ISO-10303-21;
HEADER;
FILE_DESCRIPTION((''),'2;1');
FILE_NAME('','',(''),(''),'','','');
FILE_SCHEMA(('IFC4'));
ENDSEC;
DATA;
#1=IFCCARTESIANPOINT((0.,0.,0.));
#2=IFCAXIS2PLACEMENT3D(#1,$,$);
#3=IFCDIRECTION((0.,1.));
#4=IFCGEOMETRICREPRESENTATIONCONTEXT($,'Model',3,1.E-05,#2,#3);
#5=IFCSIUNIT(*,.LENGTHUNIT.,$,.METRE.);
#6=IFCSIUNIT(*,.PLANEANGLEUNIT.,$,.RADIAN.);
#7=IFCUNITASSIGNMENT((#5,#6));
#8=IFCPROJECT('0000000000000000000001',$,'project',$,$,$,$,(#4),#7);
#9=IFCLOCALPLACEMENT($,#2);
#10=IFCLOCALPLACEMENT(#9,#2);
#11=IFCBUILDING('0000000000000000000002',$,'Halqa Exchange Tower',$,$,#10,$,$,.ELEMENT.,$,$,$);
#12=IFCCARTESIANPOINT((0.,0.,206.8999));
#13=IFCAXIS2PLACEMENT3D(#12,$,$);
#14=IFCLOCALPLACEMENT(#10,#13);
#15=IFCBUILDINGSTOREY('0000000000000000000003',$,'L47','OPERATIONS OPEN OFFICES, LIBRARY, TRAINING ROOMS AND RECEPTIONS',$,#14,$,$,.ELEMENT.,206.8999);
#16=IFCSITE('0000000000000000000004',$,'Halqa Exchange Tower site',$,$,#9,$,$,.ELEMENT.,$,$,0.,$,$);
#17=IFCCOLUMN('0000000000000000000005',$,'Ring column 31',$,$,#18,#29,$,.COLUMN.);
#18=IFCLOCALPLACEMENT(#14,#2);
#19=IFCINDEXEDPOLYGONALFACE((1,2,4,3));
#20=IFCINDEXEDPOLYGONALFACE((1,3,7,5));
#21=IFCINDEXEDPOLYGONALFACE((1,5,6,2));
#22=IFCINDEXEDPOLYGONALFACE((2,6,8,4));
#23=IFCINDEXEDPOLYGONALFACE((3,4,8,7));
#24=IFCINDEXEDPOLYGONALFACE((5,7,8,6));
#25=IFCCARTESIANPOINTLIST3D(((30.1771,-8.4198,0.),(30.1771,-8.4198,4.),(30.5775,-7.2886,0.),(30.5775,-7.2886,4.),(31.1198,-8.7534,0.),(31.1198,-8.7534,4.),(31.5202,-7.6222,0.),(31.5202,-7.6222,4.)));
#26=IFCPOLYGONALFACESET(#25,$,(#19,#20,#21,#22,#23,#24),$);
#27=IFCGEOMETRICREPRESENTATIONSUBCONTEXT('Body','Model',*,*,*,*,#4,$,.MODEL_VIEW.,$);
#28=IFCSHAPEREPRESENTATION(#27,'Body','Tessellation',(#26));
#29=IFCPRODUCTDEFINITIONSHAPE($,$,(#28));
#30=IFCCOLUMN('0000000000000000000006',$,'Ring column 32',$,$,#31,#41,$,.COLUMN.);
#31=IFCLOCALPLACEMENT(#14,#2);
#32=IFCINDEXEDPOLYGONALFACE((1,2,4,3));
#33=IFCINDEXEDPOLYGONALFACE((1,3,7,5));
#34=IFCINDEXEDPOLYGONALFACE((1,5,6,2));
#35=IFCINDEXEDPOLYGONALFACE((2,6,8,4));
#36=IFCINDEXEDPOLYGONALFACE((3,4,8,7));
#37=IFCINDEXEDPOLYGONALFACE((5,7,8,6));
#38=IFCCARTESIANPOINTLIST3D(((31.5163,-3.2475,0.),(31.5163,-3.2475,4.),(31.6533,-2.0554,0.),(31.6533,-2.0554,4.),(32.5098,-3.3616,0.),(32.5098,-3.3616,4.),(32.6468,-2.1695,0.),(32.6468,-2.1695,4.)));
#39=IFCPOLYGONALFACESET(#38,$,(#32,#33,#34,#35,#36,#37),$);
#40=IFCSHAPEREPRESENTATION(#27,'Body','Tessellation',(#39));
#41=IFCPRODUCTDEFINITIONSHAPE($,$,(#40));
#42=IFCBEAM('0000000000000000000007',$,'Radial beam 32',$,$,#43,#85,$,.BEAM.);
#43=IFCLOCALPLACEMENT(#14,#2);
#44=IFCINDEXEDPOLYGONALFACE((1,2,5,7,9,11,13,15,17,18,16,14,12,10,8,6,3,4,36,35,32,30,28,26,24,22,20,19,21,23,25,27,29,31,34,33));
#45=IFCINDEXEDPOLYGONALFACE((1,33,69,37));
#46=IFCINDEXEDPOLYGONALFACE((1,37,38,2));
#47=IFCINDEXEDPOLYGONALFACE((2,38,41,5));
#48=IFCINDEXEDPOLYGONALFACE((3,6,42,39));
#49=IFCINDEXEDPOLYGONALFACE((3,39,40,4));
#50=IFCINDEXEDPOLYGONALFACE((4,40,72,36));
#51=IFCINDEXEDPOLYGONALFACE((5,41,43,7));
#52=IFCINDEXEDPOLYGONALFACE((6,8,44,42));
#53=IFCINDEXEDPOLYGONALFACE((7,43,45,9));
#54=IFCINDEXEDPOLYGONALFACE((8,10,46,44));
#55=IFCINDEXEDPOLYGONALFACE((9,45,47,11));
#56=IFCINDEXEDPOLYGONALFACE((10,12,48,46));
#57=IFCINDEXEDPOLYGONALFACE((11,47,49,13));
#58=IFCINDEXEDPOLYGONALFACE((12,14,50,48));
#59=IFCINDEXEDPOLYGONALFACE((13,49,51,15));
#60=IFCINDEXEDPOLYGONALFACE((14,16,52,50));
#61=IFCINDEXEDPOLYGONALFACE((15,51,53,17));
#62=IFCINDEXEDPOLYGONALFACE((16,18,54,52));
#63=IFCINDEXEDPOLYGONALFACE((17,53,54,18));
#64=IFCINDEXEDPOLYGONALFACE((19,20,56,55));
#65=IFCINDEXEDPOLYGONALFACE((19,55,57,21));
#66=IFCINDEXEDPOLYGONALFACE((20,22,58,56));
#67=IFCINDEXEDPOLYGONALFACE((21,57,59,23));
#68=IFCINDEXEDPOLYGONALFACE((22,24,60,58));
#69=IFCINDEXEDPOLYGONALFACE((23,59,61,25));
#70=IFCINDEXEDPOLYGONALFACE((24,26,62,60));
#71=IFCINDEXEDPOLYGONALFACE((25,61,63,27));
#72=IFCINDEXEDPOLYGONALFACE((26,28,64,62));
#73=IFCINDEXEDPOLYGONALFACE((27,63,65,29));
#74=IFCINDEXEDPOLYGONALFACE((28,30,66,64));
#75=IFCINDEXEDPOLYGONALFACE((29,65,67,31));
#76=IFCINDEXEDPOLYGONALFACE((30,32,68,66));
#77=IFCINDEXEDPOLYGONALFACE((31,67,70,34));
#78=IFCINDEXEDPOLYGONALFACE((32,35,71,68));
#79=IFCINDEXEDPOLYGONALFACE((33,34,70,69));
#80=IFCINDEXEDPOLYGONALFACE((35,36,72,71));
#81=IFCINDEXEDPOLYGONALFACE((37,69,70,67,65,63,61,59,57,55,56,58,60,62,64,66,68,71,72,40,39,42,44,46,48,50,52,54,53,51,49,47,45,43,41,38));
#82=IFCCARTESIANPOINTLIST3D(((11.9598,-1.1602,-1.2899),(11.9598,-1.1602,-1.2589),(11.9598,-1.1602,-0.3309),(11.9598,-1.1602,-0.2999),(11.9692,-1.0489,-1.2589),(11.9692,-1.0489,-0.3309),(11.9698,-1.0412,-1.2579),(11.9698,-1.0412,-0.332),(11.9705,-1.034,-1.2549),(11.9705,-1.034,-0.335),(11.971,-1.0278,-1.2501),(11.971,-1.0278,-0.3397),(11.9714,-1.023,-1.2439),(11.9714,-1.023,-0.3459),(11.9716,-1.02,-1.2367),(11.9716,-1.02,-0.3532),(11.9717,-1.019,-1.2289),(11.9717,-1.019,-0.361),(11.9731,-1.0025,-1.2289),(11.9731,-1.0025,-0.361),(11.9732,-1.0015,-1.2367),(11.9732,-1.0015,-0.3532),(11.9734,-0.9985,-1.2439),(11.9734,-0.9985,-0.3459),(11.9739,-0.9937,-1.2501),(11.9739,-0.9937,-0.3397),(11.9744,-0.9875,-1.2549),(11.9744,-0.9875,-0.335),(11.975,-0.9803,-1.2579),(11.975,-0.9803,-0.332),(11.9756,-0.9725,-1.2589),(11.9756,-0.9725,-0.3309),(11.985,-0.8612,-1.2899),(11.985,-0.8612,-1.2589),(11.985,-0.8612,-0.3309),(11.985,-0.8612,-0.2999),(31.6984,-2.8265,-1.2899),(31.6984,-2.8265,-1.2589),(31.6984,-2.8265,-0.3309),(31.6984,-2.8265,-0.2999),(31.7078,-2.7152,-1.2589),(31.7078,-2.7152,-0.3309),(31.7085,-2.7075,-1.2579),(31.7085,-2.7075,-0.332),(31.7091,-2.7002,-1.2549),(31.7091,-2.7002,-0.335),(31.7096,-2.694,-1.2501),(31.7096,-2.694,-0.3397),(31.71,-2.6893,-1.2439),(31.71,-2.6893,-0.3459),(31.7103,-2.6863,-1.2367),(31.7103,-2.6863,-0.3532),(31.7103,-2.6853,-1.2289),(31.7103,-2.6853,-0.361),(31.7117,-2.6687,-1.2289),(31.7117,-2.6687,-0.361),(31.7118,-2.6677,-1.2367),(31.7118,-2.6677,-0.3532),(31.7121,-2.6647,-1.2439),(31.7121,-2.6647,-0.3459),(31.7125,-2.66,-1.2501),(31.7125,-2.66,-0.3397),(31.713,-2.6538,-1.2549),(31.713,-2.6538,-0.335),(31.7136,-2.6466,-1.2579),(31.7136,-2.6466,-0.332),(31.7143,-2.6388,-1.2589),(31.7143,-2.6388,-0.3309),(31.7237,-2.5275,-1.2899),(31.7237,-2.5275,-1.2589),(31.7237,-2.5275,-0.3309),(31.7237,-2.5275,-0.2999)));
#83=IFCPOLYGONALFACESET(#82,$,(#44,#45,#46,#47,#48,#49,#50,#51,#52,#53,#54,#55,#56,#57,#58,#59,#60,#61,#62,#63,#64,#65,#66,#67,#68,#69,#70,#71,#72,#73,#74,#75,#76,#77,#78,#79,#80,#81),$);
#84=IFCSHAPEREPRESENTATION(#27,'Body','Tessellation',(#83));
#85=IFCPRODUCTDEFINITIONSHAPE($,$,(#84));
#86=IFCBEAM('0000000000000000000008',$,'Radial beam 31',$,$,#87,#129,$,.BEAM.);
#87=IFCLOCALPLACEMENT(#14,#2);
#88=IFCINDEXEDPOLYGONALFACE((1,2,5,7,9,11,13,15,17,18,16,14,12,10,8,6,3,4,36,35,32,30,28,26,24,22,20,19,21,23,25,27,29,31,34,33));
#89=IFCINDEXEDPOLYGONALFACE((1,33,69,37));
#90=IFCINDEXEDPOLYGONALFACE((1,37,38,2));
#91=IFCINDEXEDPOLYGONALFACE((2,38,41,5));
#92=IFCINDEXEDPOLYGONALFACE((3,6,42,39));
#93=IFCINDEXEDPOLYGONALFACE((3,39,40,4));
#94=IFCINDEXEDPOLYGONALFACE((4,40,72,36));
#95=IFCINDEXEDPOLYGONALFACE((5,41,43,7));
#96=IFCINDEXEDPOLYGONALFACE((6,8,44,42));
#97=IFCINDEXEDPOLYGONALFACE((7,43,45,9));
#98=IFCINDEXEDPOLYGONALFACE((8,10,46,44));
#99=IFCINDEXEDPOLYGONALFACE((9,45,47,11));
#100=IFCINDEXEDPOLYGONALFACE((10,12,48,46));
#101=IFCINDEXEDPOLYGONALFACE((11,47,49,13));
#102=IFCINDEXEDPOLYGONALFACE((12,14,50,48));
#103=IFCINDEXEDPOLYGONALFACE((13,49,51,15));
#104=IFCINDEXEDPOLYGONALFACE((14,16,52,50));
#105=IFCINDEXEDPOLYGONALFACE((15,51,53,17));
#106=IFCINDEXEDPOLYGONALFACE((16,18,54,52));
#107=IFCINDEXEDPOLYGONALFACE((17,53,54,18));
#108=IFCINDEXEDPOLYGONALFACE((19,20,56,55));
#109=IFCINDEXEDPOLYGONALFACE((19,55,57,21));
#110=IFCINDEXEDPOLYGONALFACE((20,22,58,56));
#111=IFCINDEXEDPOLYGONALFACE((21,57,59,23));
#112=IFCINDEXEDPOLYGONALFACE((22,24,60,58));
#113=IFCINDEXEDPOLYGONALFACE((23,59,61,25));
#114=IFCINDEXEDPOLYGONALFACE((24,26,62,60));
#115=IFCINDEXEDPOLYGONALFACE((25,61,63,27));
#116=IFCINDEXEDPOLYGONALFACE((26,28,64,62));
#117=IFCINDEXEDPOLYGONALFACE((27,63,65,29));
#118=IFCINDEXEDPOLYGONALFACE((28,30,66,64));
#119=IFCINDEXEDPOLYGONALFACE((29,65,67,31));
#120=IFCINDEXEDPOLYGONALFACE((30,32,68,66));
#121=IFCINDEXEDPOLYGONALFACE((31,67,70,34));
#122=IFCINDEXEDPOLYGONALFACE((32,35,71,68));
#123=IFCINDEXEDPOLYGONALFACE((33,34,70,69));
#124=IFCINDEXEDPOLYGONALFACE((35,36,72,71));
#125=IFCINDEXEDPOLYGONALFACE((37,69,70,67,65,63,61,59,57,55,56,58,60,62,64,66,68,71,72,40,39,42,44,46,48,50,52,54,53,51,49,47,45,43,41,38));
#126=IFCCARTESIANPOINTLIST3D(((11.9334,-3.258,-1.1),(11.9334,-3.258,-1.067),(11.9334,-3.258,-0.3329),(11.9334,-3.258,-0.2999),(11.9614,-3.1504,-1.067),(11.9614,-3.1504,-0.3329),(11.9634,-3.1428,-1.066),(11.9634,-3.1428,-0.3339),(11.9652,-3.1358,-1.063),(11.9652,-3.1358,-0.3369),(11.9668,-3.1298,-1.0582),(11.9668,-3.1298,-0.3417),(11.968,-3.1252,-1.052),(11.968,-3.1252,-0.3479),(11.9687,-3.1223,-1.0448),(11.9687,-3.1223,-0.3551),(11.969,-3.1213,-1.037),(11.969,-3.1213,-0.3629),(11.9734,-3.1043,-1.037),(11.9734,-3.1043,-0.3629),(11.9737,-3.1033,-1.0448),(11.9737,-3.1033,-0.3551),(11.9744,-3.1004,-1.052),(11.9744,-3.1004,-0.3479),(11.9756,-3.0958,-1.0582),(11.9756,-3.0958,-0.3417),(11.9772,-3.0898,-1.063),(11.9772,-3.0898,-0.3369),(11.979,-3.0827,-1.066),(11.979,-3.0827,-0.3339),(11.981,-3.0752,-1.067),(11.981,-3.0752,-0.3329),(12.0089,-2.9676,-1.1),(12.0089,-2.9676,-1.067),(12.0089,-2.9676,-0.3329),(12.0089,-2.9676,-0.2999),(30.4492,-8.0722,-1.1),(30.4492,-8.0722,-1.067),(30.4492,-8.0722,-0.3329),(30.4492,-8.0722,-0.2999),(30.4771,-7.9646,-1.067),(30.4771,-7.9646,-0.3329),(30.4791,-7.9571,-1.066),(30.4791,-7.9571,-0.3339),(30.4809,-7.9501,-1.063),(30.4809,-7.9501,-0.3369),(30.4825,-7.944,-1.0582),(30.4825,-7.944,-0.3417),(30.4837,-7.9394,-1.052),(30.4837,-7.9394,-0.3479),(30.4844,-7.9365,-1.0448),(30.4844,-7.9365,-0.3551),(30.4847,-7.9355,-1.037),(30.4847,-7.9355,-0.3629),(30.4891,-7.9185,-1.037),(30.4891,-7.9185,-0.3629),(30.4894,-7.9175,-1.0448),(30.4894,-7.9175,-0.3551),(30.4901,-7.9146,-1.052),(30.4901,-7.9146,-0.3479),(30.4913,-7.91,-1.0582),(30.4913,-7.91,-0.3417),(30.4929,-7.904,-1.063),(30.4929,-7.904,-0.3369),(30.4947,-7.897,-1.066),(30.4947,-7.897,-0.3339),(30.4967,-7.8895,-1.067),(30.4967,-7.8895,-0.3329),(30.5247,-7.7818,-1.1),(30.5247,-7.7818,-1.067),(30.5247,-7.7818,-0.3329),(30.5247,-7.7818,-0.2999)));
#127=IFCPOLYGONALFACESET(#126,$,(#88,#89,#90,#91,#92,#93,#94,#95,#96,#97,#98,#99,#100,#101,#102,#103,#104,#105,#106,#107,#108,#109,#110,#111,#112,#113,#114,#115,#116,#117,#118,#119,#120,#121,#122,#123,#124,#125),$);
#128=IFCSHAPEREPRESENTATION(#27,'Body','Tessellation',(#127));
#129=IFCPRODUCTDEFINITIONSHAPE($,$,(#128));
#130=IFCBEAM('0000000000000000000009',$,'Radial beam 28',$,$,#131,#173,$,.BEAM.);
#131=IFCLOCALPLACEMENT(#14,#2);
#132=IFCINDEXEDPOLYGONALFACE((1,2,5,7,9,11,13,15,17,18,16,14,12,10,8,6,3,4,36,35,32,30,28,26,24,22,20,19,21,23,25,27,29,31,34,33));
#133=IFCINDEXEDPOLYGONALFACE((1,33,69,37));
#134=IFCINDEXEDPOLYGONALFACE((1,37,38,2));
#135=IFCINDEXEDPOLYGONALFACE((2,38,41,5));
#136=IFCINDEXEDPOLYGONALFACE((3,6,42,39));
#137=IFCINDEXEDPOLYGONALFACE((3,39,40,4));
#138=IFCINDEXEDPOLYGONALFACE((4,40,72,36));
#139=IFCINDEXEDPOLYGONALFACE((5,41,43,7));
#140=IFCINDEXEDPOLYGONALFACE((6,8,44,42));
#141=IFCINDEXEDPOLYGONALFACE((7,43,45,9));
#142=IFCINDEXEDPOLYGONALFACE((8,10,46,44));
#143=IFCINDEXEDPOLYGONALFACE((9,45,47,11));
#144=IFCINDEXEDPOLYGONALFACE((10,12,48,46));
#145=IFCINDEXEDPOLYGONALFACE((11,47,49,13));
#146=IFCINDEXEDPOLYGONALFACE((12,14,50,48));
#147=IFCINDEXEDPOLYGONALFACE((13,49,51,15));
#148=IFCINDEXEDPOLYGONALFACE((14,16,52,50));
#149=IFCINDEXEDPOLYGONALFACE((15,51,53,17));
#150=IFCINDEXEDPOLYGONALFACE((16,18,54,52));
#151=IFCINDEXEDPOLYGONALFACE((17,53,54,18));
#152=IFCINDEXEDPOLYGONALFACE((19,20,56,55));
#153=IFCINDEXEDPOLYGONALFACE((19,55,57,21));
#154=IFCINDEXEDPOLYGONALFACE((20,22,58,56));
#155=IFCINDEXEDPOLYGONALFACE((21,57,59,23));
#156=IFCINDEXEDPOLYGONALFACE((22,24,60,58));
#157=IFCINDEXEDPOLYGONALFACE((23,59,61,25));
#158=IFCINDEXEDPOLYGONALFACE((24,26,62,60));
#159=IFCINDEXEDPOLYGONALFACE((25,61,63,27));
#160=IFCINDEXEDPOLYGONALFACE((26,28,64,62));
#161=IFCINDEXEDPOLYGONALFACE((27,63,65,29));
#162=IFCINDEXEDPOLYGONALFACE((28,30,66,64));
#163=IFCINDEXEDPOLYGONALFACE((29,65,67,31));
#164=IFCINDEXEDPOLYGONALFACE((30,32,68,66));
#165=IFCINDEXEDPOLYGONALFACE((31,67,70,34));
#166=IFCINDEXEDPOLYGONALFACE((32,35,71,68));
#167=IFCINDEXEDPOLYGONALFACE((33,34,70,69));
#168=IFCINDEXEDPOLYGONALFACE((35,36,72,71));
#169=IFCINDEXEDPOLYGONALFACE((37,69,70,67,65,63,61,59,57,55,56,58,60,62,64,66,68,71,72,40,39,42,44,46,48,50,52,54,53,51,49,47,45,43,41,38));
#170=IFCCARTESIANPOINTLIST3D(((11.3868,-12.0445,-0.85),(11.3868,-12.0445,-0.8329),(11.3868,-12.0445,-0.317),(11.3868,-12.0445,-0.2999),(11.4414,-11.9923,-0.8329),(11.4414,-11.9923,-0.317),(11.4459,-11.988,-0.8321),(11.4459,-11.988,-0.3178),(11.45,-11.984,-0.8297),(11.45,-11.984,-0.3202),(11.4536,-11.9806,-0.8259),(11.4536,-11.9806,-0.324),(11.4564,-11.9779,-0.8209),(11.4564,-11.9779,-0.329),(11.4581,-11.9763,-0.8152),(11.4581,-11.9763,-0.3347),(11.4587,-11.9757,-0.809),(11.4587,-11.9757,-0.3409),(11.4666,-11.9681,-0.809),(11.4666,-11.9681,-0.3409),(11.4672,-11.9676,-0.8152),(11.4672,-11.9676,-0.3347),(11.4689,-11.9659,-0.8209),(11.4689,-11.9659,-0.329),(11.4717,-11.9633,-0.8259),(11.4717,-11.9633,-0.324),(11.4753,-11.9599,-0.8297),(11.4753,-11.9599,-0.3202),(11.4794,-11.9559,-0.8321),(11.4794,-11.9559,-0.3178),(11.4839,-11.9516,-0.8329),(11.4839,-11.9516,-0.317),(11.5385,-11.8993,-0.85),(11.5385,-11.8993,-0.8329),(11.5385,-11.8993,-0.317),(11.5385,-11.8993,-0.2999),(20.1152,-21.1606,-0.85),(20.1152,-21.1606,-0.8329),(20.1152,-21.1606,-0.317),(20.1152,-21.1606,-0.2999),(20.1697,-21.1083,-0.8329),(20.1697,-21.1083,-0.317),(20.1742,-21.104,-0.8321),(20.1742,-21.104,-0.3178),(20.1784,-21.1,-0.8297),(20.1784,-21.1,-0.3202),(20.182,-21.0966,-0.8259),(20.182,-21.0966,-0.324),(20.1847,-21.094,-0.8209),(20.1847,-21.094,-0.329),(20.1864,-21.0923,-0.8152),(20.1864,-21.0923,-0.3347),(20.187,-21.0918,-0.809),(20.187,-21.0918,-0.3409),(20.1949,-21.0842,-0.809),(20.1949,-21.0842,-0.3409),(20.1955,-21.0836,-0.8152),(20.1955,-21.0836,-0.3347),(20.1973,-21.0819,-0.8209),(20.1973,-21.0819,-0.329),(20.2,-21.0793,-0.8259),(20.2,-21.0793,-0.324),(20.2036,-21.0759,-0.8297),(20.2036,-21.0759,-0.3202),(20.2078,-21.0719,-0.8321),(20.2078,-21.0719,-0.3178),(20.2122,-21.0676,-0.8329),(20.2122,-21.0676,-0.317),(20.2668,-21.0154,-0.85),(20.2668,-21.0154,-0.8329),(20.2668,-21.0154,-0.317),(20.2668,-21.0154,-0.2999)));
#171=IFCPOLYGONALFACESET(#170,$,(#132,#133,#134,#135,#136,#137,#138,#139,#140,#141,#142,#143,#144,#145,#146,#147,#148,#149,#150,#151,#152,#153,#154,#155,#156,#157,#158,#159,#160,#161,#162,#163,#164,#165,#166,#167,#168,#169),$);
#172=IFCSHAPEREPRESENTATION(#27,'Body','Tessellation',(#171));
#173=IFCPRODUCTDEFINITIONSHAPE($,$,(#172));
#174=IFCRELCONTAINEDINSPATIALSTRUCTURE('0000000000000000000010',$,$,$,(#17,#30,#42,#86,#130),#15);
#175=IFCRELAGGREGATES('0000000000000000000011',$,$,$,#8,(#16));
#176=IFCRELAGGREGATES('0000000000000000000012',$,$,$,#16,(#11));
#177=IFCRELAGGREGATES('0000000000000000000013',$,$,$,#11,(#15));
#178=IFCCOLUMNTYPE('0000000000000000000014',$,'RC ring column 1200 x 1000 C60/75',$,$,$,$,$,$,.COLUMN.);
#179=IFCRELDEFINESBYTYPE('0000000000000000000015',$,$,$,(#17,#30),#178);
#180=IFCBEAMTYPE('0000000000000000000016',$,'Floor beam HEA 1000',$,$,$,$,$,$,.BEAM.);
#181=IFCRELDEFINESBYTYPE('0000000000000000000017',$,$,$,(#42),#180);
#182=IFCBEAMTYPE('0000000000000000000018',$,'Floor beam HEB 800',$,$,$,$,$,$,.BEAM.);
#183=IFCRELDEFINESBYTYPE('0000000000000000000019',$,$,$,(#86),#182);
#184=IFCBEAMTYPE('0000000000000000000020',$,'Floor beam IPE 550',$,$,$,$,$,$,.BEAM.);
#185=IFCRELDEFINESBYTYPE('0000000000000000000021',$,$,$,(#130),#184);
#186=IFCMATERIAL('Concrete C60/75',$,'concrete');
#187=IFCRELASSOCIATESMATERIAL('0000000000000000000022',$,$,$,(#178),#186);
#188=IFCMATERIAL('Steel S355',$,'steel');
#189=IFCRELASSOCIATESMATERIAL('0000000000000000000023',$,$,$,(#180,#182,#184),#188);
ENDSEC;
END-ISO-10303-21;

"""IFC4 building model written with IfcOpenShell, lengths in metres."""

from ifc_helpers import new_model, si_unit, direction, frame, origin, origin_2d, place, context, subcontext, project, spatial, rectangle, i_section, extrude, material, material_profile, profile_set, type_object, element, save


model = new_model("IFC4")

# Units and contexts
model_context = context("Model", 3, precision=1e-05, world=origin(), true_north=direction((0.0, 1.0)))
body_context = subcontext(model_context, "Body", "Model", "MODEL_VIEW")
ifc_project = project(units=[si_unit("LENGTHUNIT", "METRE"), si_unit("PLANEANGLEUNIT", "RADIAN")], contexts=[model_context])

# Site, building, storey
site_placement = place(None, origin())
site = spatial("IfcSite", under=ifc_project, at=site_placement, Name="Halqa Exchange Tower site", CompositionType="ELEMENT", RefElevation=0.0)
building_placement = place(site_placement, origin())
building = spatial("IfcBuilding", under=site, at=building_placement, Name="Halqa Exchange Tower", CompositionType="ELEMENT")
storey_placement = place(building_placement, frame((0.0, 0.0, 206.8999)))
storey = spatial("IfcBuildingStorey", under=building, at=storey_placement, Name="L47", Description="OPERATIONS OPEN OFFICES, LIBRARY, TRAINING ROOMS AND RECEPTIONS", CompositionType="ELEMENT", Elevation=206.8999)

# Columns
ifc_material_1 = material(Name="Concrete C60/75", Category="concrete")
ifc_material_profile_1 = material_profile(ifc_material_1, rectangle(XDim=1.2, YDim=1.0, at=origin_2d()), Name="1200 x 1000")
ifc_profile_set_1 = profile_set([ifc_material_profile_1], Name="Concrete C60/75")
column_type = type_object("IfcColumnType", Name="RC ring column 1200 x 1000 C60/75", PredefinedType="COLUMN", material=ifc_profile_set_1)
for number, where, z_axis, x_axis, name in (
    (1, (30.8486, -8.021, 0.0), (0.0, 0.0, 1.0), (0.333632, 0.942703, 0.0), "Ring column 31"),
    (2, (32.0815, -2.7085, 0.0), (0.0, 0.0, 1.0), (0.114157, 0.993463, 0.0), "Ring column 32"),
):
    element("IfcColumn", number, at=place(storey_placement, frame(where, z_axis=z_axis, x_axis=x_axis)), inside=storey, type_object=column_type, Name=name, PredefinedType="COLUMN", context=body_context, shape_type="SweptSolid", body=[
        extrude(rectangle(XDim=1.2, YDim=1.0, at=origin_2d()), origin(), (0.0, 0.0, 1.0), 4.0),
    ])

# Beams
ifc_material_2 = material(Name="Steel S355", Category="steel")
ifc_material_profile_2 = material_profile(ifc_material_2, i_section(OverallWidth=0.3, OverallDepth=0.99, WebThickness=0.0166, FlangeThickness=0.031, FilletRadius=0.03, at=origin_2d()), Name="HEA 1000")
ifc_profile_set_2 = profile_set([ifc_material_profile_2], Name="Steel S355")
beam_type_1 = type_object("IfcBeamType", Name="Floor beam HEA 1000", PredefinedType="BEAM", material=ifc_profile_set_2)
beam_1_placement = place(storey_placement, frame((11.9724, -1.0107, -0.7949), z_axis=(0.996456, -0.084117, 0.0), x_axis=(0.084117, 0.996456, 0.0)))
element("IfcBeam", 3, at=beam_1_placement, inside=storey, type_object=beam_type_1, Name="Radial beam 32", PredefinedType="BEAM", context=body_context, shape_type="SweptSolid", body=[
    extrude(i_section(OverallWidth=0.3, OverallDepth=0.99, WebThickness=0.0166, FlangeThickness=0.031, FilletRadius=0.03, at=origin_2d()), origin(), (0.0, 0.0, 1.0), 19.8088),
])
ifc_material_profile_3 = material_profile(ifc_material_2, i_section(OverallWidth=0.3, OverallDepth=0.8, WebThickness=0.0176, FlangeThickness=0.033, FilletRadius=0.03, at=origin_2d()), Name="HEB 800")
ifc_profile_set_3 = profile_set([ifc_material_profile_3], Name="Steel S355")
beam_type_2 = type_object("IfcBeamType", Name="Floor beam HEB 800", PredefinedType="BEAM", material=ifc_profile_set_3)
beam_2_placement = place(storey_placement, frame((11.9712, -3.1128, -0.7), z_axis=(0.967821, -0.251641, 0.0), x_axis=(0.251641, 0.967821, 0.0)))
element("IfcBeam", 4, at=beam_2_placement, inside=storey, type_object=beam_type_2, Name="Radial beam 31", PredefinedType="BEAM", context=body_context, shape_type="SweptSolid", body=[
    extrude(i_section(OverallWidth=0.3, OverallDepth=0.8, WebThickness=0.0176, FlangeThickness=0.033, FilletRadius=0.03, at=origin_2d()), origin(), (0.0, 0.0, 1.0), 19.1313),
])
ifc_material_profile_4 = material_profile(ifc_material_2, i_section(OverallWidth=0.21, OverallDepth=0.55, WebThickness=0.011, FlangeThickness=0.0171, FilletRadius=0.0239, at=origin_2d()), Name="IPE 550")
ifc_profile_set_4 = profile_set([ifc_material_profile_4], Name="Steel S355")
beam_type_3 = type_object("IfcBeamType", Name="Floor beam IPE 550", PredefinedType="BEAM", material=ifc_profile_set_4)
beam_3_placement = place(storey_placement, frame((11.4626, -11.9719, -0.575), z_axis=(0.691581, -0.722299, 0.0), x_axis=(0.722299, 0.691581, 0.0)))
element("IfcBeam", 5, at=beam_3_placement, inside=storey, type_object=beam_type_3, Name="Radial beam 28", PredefinedType="BEAM", context=body_context, shape_type="SweptSolid", body=[
    extrude(i_section(OverallWidth=0.21, OverallDepth=0.55, WebThickness=0.011, FlangeThickness=0.0171, FilletRadius=0.0239, at=origin_2d()), origin(), (0.0, 0.0, 1.0), 12.6208),
])

save(model, "model.ifc")
